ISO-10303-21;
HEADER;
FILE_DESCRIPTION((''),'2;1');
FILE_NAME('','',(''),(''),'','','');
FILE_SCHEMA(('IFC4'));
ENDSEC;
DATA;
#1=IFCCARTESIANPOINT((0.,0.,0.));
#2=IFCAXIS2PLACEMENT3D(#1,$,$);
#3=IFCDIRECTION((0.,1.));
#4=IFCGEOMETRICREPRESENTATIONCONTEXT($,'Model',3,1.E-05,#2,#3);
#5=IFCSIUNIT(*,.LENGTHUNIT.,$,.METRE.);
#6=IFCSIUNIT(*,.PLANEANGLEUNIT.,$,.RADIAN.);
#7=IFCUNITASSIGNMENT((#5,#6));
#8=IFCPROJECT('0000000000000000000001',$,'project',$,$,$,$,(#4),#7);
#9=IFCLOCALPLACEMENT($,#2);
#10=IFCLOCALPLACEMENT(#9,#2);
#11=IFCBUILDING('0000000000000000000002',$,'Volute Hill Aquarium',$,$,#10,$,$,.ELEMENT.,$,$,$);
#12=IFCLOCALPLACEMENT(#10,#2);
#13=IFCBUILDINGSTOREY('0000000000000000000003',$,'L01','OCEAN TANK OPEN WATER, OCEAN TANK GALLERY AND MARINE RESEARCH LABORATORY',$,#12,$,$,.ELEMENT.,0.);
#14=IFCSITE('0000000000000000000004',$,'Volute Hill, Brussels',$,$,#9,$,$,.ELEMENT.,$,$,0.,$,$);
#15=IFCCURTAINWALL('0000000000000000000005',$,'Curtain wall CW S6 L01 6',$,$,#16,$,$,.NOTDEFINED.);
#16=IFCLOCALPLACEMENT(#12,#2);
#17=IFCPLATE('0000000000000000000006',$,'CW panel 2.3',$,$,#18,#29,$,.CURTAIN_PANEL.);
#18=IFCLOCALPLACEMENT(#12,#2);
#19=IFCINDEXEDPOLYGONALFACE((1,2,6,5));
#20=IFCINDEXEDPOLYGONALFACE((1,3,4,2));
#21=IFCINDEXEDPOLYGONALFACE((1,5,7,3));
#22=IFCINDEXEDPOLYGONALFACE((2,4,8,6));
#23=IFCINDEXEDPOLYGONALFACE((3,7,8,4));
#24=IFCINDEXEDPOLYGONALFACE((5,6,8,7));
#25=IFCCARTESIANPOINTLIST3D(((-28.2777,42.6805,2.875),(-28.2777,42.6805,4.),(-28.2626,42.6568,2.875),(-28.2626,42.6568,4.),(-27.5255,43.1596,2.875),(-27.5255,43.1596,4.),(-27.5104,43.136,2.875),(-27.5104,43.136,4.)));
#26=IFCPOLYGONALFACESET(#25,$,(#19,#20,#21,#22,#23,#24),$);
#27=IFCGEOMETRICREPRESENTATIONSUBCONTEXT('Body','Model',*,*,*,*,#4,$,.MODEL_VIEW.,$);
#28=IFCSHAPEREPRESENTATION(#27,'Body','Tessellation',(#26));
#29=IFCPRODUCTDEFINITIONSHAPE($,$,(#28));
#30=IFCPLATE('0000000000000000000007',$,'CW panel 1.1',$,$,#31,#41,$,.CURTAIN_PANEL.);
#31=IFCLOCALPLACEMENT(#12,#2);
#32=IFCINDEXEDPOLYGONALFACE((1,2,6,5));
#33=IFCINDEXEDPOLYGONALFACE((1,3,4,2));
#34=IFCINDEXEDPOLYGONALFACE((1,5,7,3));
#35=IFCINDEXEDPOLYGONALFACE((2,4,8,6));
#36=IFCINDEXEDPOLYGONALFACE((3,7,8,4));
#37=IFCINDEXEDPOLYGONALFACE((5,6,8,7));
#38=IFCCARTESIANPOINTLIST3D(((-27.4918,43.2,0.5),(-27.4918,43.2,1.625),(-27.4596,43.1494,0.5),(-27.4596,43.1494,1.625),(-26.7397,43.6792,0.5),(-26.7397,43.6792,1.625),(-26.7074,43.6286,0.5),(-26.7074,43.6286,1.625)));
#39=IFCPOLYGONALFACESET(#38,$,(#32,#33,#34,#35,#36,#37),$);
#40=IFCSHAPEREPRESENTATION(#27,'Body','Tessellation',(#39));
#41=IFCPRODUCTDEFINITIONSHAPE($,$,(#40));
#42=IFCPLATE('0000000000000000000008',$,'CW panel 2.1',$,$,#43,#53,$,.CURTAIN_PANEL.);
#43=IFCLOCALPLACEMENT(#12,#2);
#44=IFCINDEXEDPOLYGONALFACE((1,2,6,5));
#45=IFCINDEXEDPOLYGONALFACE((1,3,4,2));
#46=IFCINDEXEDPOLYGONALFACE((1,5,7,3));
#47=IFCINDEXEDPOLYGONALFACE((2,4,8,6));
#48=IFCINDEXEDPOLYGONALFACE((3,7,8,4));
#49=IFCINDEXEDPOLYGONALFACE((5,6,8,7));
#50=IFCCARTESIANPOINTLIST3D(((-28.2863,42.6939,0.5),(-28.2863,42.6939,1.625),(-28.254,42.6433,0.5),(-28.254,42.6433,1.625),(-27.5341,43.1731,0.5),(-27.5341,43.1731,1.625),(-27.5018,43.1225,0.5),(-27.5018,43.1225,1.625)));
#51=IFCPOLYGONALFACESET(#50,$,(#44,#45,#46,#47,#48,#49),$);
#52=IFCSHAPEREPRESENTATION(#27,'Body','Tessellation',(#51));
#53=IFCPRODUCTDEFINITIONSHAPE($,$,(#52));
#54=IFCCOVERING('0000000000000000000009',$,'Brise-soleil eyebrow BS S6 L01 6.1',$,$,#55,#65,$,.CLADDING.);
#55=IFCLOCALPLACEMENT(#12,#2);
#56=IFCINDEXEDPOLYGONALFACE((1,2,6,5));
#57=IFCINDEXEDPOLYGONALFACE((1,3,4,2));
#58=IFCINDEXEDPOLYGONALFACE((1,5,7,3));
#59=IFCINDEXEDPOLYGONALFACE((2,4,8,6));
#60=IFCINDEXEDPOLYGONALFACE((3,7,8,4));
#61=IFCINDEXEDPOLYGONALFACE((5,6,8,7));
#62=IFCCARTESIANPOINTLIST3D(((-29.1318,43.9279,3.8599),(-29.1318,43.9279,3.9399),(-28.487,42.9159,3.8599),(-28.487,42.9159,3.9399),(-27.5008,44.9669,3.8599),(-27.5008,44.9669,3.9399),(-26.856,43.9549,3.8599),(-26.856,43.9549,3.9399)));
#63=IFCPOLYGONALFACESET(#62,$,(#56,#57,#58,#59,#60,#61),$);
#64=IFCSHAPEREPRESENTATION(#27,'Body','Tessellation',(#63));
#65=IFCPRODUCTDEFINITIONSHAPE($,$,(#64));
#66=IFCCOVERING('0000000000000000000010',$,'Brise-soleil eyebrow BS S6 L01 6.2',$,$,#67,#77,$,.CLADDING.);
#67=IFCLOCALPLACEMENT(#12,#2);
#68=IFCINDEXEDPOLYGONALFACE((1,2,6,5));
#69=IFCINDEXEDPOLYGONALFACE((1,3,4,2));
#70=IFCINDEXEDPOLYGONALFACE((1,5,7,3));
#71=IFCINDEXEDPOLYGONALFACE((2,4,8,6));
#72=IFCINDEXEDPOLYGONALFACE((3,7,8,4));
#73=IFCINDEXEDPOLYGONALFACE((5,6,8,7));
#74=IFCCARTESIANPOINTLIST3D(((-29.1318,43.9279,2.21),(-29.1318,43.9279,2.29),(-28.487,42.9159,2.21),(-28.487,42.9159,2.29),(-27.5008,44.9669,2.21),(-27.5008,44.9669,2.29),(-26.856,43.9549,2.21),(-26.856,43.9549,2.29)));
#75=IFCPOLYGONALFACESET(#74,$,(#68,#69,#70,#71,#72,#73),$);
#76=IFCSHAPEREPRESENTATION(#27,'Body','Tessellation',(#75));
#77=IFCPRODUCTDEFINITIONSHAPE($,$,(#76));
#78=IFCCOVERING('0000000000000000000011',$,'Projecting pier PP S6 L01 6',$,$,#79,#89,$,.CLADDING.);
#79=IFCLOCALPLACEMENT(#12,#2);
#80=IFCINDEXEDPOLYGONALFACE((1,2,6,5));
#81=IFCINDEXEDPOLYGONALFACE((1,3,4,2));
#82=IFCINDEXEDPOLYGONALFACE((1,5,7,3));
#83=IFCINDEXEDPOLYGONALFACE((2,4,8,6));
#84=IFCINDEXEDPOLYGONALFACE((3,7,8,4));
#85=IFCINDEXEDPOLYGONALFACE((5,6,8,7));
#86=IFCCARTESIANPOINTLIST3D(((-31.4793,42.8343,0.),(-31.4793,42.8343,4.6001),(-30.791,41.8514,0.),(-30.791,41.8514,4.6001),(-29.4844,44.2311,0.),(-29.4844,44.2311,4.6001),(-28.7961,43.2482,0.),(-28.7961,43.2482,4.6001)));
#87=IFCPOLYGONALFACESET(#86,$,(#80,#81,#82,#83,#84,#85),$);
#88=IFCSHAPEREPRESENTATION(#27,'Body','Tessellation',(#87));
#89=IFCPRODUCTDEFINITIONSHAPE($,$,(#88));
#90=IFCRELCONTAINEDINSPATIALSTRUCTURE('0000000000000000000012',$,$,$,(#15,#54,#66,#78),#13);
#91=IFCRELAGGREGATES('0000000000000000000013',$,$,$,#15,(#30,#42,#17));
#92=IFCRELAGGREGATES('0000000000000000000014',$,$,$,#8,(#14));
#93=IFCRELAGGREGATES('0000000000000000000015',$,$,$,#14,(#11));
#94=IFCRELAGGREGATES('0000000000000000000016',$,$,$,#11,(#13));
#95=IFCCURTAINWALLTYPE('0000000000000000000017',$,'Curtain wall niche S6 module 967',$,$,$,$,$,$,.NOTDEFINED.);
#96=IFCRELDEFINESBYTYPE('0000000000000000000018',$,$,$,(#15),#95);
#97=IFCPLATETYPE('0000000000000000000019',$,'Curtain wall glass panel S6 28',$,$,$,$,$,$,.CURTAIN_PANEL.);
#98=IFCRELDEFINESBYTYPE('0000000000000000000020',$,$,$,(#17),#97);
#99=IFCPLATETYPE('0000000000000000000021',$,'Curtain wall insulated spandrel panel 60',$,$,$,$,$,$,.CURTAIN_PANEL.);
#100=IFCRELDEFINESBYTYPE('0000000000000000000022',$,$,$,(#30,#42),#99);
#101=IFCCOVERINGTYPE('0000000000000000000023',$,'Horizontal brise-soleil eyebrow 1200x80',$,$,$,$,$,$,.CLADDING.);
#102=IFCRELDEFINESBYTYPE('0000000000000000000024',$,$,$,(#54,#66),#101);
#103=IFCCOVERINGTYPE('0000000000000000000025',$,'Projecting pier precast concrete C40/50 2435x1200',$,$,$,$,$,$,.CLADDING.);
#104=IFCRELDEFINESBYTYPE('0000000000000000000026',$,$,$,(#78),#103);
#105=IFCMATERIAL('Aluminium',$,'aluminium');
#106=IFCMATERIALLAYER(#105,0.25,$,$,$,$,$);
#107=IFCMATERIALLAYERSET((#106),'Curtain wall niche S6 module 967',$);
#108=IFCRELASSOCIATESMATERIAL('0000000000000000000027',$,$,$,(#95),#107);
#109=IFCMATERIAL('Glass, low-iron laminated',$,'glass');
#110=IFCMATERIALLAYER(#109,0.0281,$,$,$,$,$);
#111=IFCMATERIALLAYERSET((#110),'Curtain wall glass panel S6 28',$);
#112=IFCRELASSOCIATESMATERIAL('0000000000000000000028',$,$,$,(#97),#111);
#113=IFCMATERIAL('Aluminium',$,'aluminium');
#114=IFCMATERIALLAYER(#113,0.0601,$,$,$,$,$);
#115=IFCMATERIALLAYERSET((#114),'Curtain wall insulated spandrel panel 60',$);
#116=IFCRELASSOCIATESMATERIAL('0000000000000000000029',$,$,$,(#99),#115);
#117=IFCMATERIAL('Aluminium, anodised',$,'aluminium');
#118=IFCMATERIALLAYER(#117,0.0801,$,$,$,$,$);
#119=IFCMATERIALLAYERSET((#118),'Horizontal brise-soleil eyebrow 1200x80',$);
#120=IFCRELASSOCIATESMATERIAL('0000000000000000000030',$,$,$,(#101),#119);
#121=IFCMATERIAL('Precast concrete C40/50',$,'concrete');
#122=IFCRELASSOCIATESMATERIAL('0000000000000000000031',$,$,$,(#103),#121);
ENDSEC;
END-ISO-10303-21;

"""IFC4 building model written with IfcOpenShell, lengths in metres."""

from ifc_helpers import new_model, si_unit, direction, frame, origin, origin_2d, place, context, subcontext, project, spatial, rectangle, extrude, material, layer, layer_set, type_object, element, aggregate, save


model = new_model("IFC4")

# Units and contexts
model_context = context("Model", 3, precision=1e-05, world=origin(), true_north=direction((0.0, 1.0)))
body_context = subcontext(model_context, "Body", "Model", "MODEL_VIEW")
ifc_project = project(units=[si_unit("LENGTHUNIT", "METRE"), si_unit("PLANEANGLEUNIT", "RADIAN")], contexts=[model_context])

# Site, building, storey
site_placement = place(None, origin())
site = spatial("IfcSite", under=ifc_project, at=site_placement, Name="Volute Hill, Brussels", CompositionType="ELEMENT", RefElevation=0.0)
building_placement = place(site_placement, origin())
building = spatial("IfcBuilding", under=site, at=building_placement, Name="Volute Hill Aquarium", CompositionType="ELEMENT")
storey_placement = place(building_placement, origin())
storey = spatial("IfcBuildingStorey", under=building, at=storey_placement, Name="L01", Description="OCEAN TANK OPEN WATER, OCEAN TANK GALLERY AND MARINE RESEARCH LABORATORY", CompositionType="ELEMENT", Elevation=0.0)

# Curtain wall
ifc_material_1 = material(Name="Aluminium", Category="aluminium")
ifc_layer_1 = layer(ifc_material_1, 0.25)
ifc_layer_set_1 = layer_set([ifc_layer_1], Name="Curtain wall niche S6 module 967")
curtain_wall_type = type_object("IfcCurtainWallType", Name="Curtain wall niche S6 module 967", PredefinedType="NOTDEFINED", material=ifc_layer_set_1)
curtain_wall_placement = place(storey_placement, origin())
curtain_wall = element("IfcCurtainWall", 1, at=curtain_wall_placement, inside=storey, type_object=curtain_wall_type, Name="Curtain wall CW S6 L01 6", PredefinedType="NOTDEFINED")

# Plates
ifc_material_2 = material(Name="Glass, low-iron laminated", Category="glass")
ifc_layer_2 = layer(ifc_material_2, 0.0281)
ifc_layer_set_2 = layer_set([ifc_layer_2], Name="Curtain wall glass panel S6 28")
plate_type_1 = type_object("IfcPlateType", Name="Curtain wall glass panel S6 28", PredefinedType="CURTAIN_PANEL", material=ifc_layer_set_2)
plate_1_placement = place(storey_placement, frame((-27.894, 42.9082, 2.875), z_axis=(0.0, 0.0, 1.0), x_axis=(-0.843395, -0.537295, 0.0)))
plate_1 = element("IfcPlate", 2, at=plate_1_placement, type_object=plate_type_1, Name="CW panel 2.3", PredefinedType="CURTAIN_PANEL", context=body_context, shape_type="SweptSolid", body=[
    extrude(rectangle(XDim=0.8918, YDim=0.0281, at=origin_2d()), origin(), (0.0, 0.0, 1.0), 1.125),
])
ifc_material_3 = material(Name="Aluminium", Category="aluminium")
ifc_layer_3 = layer(ifc_material_3, 0.0601)
ifc_layer_set_3 = layer_set([ifc_layer_3], Name="Curtain wall insulated spandrel panel 60")
plate_type_2 = type_object("IfcPlateType", Name="Curtain wall insulated spandrel panel 60", PredefinedType="CURTAIN_PANEL", material=ifc_layer_set_3)
plate_2_placement = place(storey_placement, frame((-27.0996, 43.4143, 0.5), z_axis=(0.0, 0.0, 1.0), x_axis=(-0.843395, -0.537295, 0.0)))
plate_2 = element("IfcPlate", 3, at=plate_2_placement, type_object=plate_type_2, Name="CW panel 1.1", PredefinedType="CURTAIN_PANEL", context=body_context, shape_type="SweptSolid", body=[
    extrude(rectangle(XDim=0.8918, YDim=0.0601, at=origin_2d()), origin(), (0.0, 0.0, 1.0), 1.125),
])
plate_3_placement = place(storey_placement, frame((-27.894, 42.9082, 0.5), z_axis=(0.0, 0.0, 1.0), x_axis=(-0.843395, -0.537295, 0.0)))
plate_3 = element("IfcPlate", 4, at=plate_3_placement, type_object=plate_type_2, Name="CW panel 2.1", PredefinedType="CURTAIN_PANEL", context=body_context, shape_type="SweptSolid", body=[
    extrude(rectangle(XDim=0.8918, YDim=0.0601, at=origin_2d()), origin(), (0.0, 0.0, 1.0), 1.125),
])
aggregate(curtain_wall, [plate_2, plate_3, plate_1])

# Coverings
ifc_material_4 = material(Name="Aluminium, anodised", Category="aluminium")
ifc_layer_4 = layer(ifc_material_4, 0.0801)
ifc_layer_set_4 = layer_set([ifc_layer_4], Name="Horizontal brise-soleil eyebrow 1200x80")
covering_type_1 = type_object("IfcCoveringType", Name="Horizontal brise-soleil eyebrow 1200x80", PredefinedType="CLADDING", material=ifc_layer_set_4)
for number, where, z_axis, x_axis, name in (
    (5, (-27.9939, 43.9414, 3.8599), (0.0, 0.0, 1.0), (-0.843396, -0.537293, 0.0), "Brise-soleil eyebrow BS S6 L01 6.1"),
    (6, (-27.9939, 43.9414, 2.21), (0.0, 0.0, 1.0), (-0.843396, -0.537293, 0.0), "Brise-soleil eyebrow BS S6 L01 6.2"),
):
    element("IfcCovering", number, at=place(storey_placement, frame(where, z_axis=z_axis, x_axis=x_axis)), inside=storey, type_object=covering_type_1, Name=name, PredefinedType="CLADDING", context=body_context, shape_type="SweptSolid", body=[
        extrude(rectangle(XDim=1.9338, YDim=1.2, at=origin_2d()), origin(), (0.0, 0.0, 1.0), 0.0801),
    ])
ifc_material_5 = material(Name="Precast concrete C40/50", Category="concrete")
covering_type_2 = type_object("IfcCoveringType", Name="Projecting pier precast concrete C40/50 2435x1200", PredefinedType="CLADDING", material=ifc_material_5)
covering_placement = place(storey_placement, frame((-30.1377, 43.0413, 0.0), z_axis=(0.0, 0.0, 1.0), x_axis=(-0.819152, -0.573576, 0.0)))
element("IfcCovering", 7, at=covering_placement, inside=storey, type_object=covering_type_2, Name="Projecting pier PP S6 L01 6", PredefinedType="CLADDING", context=body_context, shape_type="SweptSolid", body=[
    extrude(rectangle(XDim=2.4353, YDim=1.2, at=origin_2d()), origin(), (0.0, 0.0, 1.0), 4.6001),
])

save(model, "model.ifc")
